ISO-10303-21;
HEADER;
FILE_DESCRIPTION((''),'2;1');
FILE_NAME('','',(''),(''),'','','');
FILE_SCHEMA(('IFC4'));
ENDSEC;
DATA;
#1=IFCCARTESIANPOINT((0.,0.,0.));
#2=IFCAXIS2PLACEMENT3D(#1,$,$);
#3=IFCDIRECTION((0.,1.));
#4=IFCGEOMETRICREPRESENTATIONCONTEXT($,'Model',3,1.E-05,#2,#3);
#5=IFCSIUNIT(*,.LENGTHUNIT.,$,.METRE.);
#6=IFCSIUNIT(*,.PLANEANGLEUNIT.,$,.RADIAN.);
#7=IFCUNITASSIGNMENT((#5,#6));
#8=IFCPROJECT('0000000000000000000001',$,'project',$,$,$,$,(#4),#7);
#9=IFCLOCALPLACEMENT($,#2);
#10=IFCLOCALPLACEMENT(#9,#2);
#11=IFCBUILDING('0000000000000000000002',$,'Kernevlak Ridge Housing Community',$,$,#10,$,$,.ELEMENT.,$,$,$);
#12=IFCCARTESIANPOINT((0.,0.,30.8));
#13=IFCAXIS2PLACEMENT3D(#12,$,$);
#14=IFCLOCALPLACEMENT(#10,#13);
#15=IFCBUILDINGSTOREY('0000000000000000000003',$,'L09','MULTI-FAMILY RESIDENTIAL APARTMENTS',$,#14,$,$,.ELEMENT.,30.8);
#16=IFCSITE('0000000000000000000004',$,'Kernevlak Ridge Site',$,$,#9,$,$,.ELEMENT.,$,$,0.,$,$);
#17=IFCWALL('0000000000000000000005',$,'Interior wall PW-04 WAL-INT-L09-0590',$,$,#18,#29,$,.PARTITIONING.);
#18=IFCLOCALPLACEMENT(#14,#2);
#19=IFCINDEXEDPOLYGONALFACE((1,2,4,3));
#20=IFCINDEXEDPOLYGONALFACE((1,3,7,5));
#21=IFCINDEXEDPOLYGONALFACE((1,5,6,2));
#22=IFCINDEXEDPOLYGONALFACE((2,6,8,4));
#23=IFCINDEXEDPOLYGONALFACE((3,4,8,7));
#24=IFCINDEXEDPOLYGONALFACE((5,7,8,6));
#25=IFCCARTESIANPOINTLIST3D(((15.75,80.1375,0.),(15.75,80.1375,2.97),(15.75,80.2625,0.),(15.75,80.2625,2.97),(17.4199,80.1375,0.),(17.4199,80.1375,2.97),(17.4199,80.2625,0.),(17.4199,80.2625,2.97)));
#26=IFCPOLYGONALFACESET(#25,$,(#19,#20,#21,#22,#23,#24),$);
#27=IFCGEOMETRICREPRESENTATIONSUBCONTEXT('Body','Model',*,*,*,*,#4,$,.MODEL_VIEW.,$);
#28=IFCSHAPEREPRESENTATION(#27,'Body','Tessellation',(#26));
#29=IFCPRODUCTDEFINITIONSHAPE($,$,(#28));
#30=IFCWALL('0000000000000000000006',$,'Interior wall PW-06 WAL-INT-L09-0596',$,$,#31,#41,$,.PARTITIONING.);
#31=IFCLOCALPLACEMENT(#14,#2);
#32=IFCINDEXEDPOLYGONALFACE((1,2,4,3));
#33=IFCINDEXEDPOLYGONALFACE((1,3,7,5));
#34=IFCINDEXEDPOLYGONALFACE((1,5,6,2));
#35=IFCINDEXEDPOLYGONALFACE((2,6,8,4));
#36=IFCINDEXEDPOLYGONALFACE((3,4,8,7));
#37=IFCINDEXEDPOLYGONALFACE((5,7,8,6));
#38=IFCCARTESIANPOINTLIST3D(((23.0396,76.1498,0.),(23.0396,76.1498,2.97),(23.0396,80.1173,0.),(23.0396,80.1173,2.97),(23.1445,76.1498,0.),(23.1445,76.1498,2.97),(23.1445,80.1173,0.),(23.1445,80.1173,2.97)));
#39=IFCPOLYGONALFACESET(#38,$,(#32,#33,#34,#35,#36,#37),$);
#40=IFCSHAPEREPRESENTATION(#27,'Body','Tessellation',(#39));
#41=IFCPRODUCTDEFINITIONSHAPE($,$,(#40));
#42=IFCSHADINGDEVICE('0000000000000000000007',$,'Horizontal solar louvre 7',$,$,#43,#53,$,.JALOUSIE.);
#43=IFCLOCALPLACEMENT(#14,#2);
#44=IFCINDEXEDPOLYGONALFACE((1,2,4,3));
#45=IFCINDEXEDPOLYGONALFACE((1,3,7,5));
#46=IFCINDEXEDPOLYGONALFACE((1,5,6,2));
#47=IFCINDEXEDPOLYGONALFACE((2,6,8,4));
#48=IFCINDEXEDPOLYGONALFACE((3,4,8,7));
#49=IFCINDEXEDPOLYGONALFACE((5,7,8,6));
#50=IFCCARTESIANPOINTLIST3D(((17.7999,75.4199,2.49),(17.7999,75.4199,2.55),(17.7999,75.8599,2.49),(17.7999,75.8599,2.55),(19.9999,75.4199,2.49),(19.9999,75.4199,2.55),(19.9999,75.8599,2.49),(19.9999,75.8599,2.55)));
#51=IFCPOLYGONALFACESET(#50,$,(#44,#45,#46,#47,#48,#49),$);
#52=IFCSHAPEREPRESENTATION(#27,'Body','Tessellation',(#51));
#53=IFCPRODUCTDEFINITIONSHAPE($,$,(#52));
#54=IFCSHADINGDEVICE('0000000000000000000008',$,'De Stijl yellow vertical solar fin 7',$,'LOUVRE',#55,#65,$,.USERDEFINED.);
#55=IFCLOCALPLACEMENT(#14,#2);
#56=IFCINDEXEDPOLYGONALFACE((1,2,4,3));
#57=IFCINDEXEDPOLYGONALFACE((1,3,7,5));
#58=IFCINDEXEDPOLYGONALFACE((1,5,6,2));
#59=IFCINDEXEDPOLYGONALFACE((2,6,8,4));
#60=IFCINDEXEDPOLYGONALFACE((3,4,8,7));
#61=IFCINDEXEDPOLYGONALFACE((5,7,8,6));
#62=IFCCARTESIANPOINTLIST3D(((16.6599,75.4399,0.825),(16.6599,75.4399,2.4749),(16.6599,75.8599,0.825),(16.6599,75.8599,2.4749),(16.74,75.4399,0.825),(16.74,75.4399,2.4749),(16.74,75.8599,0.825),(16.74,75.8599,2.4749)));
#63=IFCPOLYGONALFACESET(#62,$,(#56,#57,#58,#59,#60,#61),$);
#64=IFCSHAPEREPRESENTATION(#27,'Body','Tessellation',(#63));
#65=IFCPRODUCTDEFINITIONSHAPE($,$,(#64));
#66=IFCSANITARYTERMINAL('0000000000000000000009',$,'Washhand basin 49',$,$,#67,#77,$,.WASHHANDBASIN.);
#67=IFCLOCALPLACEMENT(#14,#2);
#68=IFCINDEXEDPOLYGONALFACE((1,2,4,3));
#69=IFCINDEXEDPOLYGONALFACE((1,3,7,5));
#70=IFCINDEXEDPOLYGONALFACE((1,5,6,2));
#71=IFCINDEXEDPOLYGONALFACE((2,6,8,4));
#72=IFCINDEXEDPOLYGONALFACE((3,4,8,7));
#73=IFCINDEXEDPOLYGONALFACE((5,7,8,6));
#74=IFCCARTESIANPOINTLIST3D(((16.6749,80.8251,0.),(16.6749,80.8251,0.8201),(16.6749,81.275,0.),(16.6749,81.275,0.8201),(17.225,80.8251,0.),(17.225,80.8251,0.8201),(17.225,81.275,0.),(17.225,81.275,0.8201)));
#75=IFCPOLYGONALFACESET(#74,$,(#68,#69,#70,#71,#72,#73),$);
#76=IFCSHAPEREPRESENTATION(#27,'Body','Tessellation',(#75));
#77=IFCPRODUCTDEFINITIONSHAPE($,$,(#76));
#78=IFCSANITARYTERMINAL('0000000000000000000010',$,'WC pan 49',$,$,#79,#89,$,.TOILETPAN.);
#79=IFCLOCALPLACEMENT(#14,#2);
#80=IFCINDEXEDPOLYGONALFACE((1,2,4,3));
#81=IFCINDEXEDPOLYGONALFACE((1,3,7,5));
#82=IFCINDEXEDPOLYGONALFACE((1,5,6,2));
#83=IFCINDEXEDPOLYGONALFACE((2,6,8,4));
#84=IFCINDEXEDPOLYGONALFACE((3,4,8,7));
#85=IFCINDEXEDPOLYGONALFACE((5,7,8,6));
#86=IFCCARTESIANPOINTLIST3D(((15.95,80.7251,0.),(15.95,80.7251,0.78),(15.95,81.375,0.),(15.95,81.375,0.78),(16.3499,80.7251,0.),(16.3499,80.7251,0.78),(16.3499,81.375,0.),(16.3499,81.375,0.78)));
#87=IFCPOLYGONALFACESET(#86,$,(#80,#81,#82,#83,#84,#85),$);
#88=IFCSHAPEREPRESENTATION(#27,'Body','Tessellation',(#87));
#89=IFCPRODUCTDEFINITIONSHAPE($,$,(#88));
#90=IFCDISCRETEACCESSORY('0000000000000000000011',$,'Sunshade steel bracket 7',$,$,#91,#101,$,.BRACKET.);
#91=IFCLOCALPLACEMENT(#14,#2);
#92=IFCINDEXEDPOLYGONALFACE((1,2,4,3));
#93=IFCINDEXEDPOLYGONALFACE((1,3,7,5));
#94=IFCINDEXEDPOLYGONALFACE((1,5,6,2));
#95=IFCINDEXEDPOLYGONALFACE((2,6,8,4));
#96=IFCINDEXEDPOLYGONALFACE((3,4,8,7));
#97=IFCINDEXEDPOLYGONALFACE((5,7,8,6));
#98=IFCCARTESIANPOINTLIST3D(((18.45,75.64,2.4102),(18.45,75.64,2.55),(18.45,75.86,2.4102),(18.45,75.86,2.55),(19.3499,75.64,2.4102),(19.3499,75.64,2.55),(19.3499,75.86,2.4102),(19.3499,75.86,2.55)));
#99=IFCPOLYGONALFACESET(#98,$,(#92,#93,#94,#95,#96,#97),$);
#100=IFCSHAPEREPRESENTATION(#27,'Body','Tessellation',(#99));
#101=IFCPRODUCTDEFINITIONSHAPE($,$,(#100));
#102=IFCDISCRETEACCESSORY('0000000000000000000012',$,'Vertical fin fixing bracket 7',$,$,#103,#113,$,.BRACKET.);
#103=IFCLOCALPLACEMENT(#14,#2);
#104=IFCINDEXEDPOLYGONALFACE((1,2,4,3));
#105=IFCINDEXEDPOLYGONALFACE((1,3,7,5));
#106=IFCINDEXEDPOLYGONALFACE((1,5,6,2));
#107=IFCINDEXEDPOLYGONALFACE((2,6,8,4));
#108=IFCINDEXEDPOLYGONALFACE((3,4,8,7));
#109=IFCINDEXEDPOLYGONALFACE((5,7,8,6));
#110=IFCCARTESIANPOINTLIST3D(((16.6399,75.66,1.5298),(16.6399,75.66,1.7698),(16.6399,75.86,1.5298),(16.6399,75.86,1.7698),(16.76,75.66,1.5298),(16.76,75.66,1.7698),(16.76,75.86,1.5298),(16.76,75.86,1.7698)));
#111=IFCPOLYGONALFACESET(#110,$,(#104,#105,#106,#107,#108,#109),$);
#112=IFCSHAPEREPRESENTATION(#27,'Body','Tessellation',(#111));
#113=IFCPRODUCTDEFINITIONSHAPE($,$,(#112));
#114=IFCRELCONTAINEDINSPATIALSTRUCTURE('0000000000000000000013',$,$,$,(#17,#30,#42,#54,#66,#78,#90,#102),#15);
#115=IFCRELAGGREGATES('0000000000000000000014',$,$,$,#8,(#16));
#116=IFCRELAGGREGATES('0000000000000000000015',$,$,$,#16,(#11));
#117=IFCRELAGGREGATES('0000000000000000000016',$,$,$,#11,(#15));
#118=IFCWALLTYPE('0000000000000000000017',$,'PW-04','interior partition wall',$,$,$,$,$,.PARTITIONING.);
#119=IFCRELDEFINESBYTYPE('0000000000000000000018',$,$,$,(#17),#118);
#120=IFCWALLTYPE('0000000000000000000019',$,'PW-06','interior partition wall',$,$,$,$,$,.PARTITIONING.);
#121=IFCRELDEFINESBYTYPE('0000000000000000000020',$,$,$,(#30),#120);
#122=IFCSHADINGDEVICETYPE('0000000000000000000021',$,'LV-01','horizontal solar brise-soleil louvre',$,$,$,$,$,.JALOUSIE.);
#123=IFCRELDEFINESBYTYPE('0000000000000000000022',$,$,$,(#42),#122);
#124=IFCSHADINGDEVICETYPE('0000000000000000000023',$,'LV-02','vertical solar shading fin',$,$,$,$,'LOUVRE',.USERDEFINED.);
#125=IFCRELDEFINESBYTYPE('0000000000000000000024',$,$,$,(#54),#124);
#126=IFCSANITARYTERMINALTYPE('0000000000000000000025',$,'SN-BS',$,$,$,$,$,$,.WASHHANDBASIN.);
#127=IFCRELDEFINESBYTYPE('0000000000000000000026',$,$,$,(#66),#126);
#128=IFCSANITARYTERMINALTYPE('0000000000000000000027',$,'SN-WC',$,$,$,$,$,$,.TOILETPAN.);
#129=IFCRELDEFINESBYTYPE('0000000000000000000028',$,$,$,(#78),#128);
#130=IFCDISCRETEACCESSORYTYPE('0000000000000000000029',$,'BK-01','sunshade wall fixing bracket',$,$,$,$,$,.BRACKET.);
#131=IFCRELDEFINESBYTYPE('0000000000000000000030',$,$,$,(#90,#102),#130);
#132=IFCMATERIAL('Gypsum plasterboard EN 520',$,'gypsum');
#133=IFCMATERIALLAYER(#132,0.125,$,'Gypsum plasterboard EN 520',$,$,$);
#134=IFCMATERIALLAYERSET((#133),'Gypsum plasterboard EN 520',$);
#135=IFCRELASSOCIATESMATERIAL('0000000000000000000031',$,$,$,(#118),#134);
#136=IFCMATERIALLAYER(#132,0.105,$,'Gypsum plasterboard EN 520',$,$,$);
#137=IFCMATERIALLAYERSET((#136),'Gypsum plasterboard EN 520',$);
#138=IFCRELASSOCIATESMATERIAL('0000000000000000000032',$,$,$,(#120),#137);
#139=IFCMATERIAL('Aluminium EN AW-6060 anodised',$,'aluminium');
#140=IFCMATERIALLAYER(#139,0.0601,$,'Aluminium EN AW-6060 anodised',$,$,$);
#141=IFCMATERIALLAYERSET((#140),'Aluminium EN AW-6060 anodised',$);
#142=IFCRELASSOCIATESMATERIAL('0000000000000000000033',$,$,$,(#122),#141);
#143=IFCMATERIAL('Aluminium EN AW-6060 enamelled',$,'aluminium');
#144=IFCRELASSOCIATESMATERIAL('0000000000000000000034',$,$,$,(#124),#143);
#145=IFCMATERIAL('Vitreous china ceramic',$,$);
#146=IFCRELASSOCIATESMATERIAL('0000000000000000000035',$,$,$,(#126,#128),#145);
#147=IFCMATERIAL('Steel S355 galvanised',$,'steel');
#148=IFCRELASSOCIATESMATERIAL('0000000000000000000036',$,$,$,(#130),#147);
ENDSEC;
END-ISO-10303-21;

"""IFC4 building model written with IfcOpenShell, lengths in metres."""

from ifc_helpers import new_model, si_unit, direction, frame, frame_2d, origin, origin_2d, place, context, subcontext, project, spatial, rectangle, extrude, material, layer, layer_set, type_object, element, save


model = new_model("IFC4")

# Units and contexts
model_context = context("Model", 3, precision=1e-05, world=origin(), true_north=direction((0.0, 1.0)))
body_context = subcontext(model_context, "Body", "Model", "MODEL_VIEW")
ifc_project = project(units=[si_unit("LENGTHUNIT", "METRE"), si_unit("PLANEANGLEUNIT", "RADIAN")], contexts=[model_context])

# Site, building, storey
site_placement = place(None, origin())
site = spatial("IfcSite", under=ifc_project, at=site_placement, Name="Kernevlak Ridge Site", CompositionType="ELEMENT", RefElevation=0.0)
building_placement = place(site_placement, origin())
building = spatial("IfcBuilding", under=site, at=building_placement, Name="Kernevlak Ridge Housing Community", CompositionType="ELEMENT")
storey_placement = place(building_placement, frame((0.0, 0.0, 30.8)))
storey = spatial("IfcBuildingStorey", under=building, at=storey_placement, Name="L09", Description="MULTI-FAMILY RESIDENTIAL APARTMENTS", CompositionType="ELEMENT", Elevation=30.8)

# Walls
ifc_material_1 = material(Name="Gypsum plasterboard EN 520", Category="gypsum")
ifc_layer_1 = layer(ifc_material_1, 0.125, Name="Gypsum plasterboard EN 520")
ifc_layer_set_1 = layer_set([ifc_layer_1], Name="Gypsum plasterboard EN 520")
wall_type_1 = type_object("IfcWallType", Name="PW-04", Description="interior partition wall", PredefinedType="PARTITIONING", material=ifc_layer_set_1)
wall_1_placement = place(storey_placement, frame((15.75, 80.2, 0.0), z_axis=(0.0, 0.0, 1.0), x_axis=(1.0, 0.0, 0.0)))
element("IfcWall", 1, at=wall_1_placement, inside=storey, type_object=wall_type_1, Name="Interior wall PW-04 WAL-INT-L09-0590", PredefinedType="PARTITIONING", context=body_context, shape_type="SweptSolid", body=[
    extrude(rectangle(XDim=1.6699, YDim=0.125, at=frame_2d((0.835, 0.0))), origin(), (0.0, 0.0, 1.0), 2.97),
])
ifc_layer_2 = layer(ifc_material_1, 0.105, Name="Gypsum plasterboard EN 520")
ifc_layer_set_2 = layer_set([ifc_layer_2], Name="Gypsum plasterboard EN 520")
wall_type_2 = type_object("IfcWallType", Name="PW-06", Description="interior partition wall", PredefinedType="PARTITIONING", material=ifc_layer_set_2)
wall_2_placement = place(storey_placement, frame((23.092, 80.1174, 0.0), z_axis=(0.0, 0.0, 1.0), x_axis=(0.0, -1.0, 0.0)))
element("IfcWall", 2, at=wall_2_placement, inside=storey, type_object=wall_type_2, Name="Interior wall PW-06 WAL-INT-L09-0596", PredefinedType="PARTITIONING", context=body_context, shape_type="SweptSolid", body=[
    extrude(rectangle(XDim=3.9675, YDim=0.105, at=frame_2d((1.9839, 0.0))), origin(), (0.0, 0.0, 1.0), 2.97),
])

# Shading devices
ifc_material_2 = material(Name="Aluminium EN AW-6060 anodised", Category="aluminium")
ifc_layer_3 = layer(ifc_material_2, 0.0601, Name="Aluminium EN AW-6060 anodised")
ifc_layer_set_3 = layer_set([ifc_layer_3], Name="Aluminium EN AW-6060 anodised")
shading_device_type_1 = type_object("IfcShadingDeviceType", Name="LV-01", Description="horizontal solar brise-soleil louvre", PredefinedType="JALOUSIE", material=ifc_layer_set_3)
shading_device_1_placement = place(storey_placement, frame((18.8999, 75.6399, 2.49), z_axis=(0.0, 0.0, 1.0), x_axis=(1.0, 0.0, 0.0)))
element("IfcShadingDevice", 3, at=shading_device_1_placement, inside=storey, type_object=shading_device_type_1, Name="Horizontal solar louvre 7", PredefinedType="JALOUSIE", context=body_context, shape_type="SweptSolid", body=[
    extrude(rectangle(XDim=2.2, YDim=0.4399, at=origin_2d()), origin(), (0.0, 0.0, 1.0), 0.0601),
])
ifc_material_3 = material(Name="Aluminium EN AW-6060 enamelled", Category="aluminium")
shading_device_type_2 = type_object("IfcShadingDeviceType", Name="LV-02", Description="vertical solar shading fin", ElementType="LOUVRE", PredefinedType="USERDEFINED", material=ifc_material_3)
shading_device_2_placement = place(storey_placement, frame((16.7, 75.6499, 0.825), z_axis=(0.0, 0.0, 1.0), x_axis=(1.0, 0.0, 0.0)))
element("IfcShadingDevice", 4, at=shading_device_2_placement, inside=storey, type_object=shading_device_type_2, Name="De Stijl yellow vertical solar fin 7", ObjectType="LOUVRE", PredefinedType="USERDEFINED", context=body_context, shape_type="SweptSolid", body=[
    extrude(rectangle(XDim=0.0801, YDim=0.4199, at=origin_2d()), origin(), (0.0, 0.0, 1.0), 1.6499),
])

# Sanitary terminals
ifc_material_4 = material(Name="Vitreous china ceramic")
sanitary_terminal_type_1 = type_object("IfcSanitaryTerminalType", Name="SN-BS", PredefinedType="WASHHANDBASIN", material=ifc_material_4)
sanitary_terminal_1_placement = place(storey_placement, frame((16.95, 81.05, 0.0), z_axis=(0.0, 0.0, 1.0), x_axis=(1.0, 0.0, 0.0)))
element("IfcSanitaryTerminal", 5, at=sanitary_terminal_1_placement, inside=storey, type_object=sanitary_terminal_type_1, Name="Washhand basin 49", PredefinedType="WASHHANDBASIN", context=body_context, shape_type="SweptSolid", body=[
    extrude(rectangle(XDim=0.55, YDim=0.45, at=origin_2d()), origin(), (0.0, 0.0, 1.0), 0.8201),
])
sanitary_terminal_type_2 = type_object("IfcSanitaryTerminalType", Name="SN-WC", PredefinedType="TOILETPAN", material=ifc_material_4)
sanitary_terminal_2_placement = place(storey_placement, frame((16.1499, 81.05, 0.0), z_axis=(0.0, 0.0, 1.0), x_axis=(1.0, 0.0, 0.0)))
element("IfcSanitaryTerminal", 6, at=sanitary_terminal_2_placement, inside=storey, type_object=sanitary_terminal_type_2, Name="WC pan 49", PredefinedType="TOILETPAN", context=body_context, shape_type="SweptSolid", body=[
    extrude(rectangle(XDim=0.3999, YDim=0.6499, at=origin_2d()), origin(), (0.0, 0.0, 1.0), 0.78),
])

# Discrete accessories
ifc_material_5 = material(Name="Steel S355 galvanised", Category="steel")
discrete_accessory_type = type_object("IfcDiscreteAccessoryType", Name="BK-01", Description="sunshade wall fixing bracket", PredefinedType="BRACKET", material=ifc_material_5)
discrete_accessory_1_placement = place(storey_placement, frame((18.8999, 75.75, 2.4102), z_axis=(0.0, 0.0, 1.0), x_axis=(1.0, 0.0, 0.0)))
element("IfcDiscreteAccessory", 7, at=discrete_accessory_1_placement, inside=storey, type_object=discrete_accessory_type, Name="Sunshade steel bracket 7", PredefinedType="BRACKET", context=body_context, shape_type="SweptSolid", body=[
    extrude(rectangle(XDim=0.8999, YDim=0.22, at=origin_2d()), origin(), (0.0, 0.0, 1.0), 0.1399),
])
discrete_accessory_2_placement = place(storey_placement, frame((16.7, 75.76, 1.5298), z_axis=(0.0, 0.0, 1.0), x_axis=(1.0, 0.0, 0.0)))
element("IfcDiscreteAccessory", 8, at=discrete_accessory_2_placement, inside=storey, type_object=discrete_accessory_type, Name="Vertical fin fixing bracket 7", PredefinedType="BRACKET", context=body_context, shape_type="SweptSolid", body=[
    extrude(rectangle(XDim=0.1201, YDim=0.2, at=origin_2d()), origin(), (0.0, 0.0, 1.0), 0.24),
])

save(model, "model.ifc")
